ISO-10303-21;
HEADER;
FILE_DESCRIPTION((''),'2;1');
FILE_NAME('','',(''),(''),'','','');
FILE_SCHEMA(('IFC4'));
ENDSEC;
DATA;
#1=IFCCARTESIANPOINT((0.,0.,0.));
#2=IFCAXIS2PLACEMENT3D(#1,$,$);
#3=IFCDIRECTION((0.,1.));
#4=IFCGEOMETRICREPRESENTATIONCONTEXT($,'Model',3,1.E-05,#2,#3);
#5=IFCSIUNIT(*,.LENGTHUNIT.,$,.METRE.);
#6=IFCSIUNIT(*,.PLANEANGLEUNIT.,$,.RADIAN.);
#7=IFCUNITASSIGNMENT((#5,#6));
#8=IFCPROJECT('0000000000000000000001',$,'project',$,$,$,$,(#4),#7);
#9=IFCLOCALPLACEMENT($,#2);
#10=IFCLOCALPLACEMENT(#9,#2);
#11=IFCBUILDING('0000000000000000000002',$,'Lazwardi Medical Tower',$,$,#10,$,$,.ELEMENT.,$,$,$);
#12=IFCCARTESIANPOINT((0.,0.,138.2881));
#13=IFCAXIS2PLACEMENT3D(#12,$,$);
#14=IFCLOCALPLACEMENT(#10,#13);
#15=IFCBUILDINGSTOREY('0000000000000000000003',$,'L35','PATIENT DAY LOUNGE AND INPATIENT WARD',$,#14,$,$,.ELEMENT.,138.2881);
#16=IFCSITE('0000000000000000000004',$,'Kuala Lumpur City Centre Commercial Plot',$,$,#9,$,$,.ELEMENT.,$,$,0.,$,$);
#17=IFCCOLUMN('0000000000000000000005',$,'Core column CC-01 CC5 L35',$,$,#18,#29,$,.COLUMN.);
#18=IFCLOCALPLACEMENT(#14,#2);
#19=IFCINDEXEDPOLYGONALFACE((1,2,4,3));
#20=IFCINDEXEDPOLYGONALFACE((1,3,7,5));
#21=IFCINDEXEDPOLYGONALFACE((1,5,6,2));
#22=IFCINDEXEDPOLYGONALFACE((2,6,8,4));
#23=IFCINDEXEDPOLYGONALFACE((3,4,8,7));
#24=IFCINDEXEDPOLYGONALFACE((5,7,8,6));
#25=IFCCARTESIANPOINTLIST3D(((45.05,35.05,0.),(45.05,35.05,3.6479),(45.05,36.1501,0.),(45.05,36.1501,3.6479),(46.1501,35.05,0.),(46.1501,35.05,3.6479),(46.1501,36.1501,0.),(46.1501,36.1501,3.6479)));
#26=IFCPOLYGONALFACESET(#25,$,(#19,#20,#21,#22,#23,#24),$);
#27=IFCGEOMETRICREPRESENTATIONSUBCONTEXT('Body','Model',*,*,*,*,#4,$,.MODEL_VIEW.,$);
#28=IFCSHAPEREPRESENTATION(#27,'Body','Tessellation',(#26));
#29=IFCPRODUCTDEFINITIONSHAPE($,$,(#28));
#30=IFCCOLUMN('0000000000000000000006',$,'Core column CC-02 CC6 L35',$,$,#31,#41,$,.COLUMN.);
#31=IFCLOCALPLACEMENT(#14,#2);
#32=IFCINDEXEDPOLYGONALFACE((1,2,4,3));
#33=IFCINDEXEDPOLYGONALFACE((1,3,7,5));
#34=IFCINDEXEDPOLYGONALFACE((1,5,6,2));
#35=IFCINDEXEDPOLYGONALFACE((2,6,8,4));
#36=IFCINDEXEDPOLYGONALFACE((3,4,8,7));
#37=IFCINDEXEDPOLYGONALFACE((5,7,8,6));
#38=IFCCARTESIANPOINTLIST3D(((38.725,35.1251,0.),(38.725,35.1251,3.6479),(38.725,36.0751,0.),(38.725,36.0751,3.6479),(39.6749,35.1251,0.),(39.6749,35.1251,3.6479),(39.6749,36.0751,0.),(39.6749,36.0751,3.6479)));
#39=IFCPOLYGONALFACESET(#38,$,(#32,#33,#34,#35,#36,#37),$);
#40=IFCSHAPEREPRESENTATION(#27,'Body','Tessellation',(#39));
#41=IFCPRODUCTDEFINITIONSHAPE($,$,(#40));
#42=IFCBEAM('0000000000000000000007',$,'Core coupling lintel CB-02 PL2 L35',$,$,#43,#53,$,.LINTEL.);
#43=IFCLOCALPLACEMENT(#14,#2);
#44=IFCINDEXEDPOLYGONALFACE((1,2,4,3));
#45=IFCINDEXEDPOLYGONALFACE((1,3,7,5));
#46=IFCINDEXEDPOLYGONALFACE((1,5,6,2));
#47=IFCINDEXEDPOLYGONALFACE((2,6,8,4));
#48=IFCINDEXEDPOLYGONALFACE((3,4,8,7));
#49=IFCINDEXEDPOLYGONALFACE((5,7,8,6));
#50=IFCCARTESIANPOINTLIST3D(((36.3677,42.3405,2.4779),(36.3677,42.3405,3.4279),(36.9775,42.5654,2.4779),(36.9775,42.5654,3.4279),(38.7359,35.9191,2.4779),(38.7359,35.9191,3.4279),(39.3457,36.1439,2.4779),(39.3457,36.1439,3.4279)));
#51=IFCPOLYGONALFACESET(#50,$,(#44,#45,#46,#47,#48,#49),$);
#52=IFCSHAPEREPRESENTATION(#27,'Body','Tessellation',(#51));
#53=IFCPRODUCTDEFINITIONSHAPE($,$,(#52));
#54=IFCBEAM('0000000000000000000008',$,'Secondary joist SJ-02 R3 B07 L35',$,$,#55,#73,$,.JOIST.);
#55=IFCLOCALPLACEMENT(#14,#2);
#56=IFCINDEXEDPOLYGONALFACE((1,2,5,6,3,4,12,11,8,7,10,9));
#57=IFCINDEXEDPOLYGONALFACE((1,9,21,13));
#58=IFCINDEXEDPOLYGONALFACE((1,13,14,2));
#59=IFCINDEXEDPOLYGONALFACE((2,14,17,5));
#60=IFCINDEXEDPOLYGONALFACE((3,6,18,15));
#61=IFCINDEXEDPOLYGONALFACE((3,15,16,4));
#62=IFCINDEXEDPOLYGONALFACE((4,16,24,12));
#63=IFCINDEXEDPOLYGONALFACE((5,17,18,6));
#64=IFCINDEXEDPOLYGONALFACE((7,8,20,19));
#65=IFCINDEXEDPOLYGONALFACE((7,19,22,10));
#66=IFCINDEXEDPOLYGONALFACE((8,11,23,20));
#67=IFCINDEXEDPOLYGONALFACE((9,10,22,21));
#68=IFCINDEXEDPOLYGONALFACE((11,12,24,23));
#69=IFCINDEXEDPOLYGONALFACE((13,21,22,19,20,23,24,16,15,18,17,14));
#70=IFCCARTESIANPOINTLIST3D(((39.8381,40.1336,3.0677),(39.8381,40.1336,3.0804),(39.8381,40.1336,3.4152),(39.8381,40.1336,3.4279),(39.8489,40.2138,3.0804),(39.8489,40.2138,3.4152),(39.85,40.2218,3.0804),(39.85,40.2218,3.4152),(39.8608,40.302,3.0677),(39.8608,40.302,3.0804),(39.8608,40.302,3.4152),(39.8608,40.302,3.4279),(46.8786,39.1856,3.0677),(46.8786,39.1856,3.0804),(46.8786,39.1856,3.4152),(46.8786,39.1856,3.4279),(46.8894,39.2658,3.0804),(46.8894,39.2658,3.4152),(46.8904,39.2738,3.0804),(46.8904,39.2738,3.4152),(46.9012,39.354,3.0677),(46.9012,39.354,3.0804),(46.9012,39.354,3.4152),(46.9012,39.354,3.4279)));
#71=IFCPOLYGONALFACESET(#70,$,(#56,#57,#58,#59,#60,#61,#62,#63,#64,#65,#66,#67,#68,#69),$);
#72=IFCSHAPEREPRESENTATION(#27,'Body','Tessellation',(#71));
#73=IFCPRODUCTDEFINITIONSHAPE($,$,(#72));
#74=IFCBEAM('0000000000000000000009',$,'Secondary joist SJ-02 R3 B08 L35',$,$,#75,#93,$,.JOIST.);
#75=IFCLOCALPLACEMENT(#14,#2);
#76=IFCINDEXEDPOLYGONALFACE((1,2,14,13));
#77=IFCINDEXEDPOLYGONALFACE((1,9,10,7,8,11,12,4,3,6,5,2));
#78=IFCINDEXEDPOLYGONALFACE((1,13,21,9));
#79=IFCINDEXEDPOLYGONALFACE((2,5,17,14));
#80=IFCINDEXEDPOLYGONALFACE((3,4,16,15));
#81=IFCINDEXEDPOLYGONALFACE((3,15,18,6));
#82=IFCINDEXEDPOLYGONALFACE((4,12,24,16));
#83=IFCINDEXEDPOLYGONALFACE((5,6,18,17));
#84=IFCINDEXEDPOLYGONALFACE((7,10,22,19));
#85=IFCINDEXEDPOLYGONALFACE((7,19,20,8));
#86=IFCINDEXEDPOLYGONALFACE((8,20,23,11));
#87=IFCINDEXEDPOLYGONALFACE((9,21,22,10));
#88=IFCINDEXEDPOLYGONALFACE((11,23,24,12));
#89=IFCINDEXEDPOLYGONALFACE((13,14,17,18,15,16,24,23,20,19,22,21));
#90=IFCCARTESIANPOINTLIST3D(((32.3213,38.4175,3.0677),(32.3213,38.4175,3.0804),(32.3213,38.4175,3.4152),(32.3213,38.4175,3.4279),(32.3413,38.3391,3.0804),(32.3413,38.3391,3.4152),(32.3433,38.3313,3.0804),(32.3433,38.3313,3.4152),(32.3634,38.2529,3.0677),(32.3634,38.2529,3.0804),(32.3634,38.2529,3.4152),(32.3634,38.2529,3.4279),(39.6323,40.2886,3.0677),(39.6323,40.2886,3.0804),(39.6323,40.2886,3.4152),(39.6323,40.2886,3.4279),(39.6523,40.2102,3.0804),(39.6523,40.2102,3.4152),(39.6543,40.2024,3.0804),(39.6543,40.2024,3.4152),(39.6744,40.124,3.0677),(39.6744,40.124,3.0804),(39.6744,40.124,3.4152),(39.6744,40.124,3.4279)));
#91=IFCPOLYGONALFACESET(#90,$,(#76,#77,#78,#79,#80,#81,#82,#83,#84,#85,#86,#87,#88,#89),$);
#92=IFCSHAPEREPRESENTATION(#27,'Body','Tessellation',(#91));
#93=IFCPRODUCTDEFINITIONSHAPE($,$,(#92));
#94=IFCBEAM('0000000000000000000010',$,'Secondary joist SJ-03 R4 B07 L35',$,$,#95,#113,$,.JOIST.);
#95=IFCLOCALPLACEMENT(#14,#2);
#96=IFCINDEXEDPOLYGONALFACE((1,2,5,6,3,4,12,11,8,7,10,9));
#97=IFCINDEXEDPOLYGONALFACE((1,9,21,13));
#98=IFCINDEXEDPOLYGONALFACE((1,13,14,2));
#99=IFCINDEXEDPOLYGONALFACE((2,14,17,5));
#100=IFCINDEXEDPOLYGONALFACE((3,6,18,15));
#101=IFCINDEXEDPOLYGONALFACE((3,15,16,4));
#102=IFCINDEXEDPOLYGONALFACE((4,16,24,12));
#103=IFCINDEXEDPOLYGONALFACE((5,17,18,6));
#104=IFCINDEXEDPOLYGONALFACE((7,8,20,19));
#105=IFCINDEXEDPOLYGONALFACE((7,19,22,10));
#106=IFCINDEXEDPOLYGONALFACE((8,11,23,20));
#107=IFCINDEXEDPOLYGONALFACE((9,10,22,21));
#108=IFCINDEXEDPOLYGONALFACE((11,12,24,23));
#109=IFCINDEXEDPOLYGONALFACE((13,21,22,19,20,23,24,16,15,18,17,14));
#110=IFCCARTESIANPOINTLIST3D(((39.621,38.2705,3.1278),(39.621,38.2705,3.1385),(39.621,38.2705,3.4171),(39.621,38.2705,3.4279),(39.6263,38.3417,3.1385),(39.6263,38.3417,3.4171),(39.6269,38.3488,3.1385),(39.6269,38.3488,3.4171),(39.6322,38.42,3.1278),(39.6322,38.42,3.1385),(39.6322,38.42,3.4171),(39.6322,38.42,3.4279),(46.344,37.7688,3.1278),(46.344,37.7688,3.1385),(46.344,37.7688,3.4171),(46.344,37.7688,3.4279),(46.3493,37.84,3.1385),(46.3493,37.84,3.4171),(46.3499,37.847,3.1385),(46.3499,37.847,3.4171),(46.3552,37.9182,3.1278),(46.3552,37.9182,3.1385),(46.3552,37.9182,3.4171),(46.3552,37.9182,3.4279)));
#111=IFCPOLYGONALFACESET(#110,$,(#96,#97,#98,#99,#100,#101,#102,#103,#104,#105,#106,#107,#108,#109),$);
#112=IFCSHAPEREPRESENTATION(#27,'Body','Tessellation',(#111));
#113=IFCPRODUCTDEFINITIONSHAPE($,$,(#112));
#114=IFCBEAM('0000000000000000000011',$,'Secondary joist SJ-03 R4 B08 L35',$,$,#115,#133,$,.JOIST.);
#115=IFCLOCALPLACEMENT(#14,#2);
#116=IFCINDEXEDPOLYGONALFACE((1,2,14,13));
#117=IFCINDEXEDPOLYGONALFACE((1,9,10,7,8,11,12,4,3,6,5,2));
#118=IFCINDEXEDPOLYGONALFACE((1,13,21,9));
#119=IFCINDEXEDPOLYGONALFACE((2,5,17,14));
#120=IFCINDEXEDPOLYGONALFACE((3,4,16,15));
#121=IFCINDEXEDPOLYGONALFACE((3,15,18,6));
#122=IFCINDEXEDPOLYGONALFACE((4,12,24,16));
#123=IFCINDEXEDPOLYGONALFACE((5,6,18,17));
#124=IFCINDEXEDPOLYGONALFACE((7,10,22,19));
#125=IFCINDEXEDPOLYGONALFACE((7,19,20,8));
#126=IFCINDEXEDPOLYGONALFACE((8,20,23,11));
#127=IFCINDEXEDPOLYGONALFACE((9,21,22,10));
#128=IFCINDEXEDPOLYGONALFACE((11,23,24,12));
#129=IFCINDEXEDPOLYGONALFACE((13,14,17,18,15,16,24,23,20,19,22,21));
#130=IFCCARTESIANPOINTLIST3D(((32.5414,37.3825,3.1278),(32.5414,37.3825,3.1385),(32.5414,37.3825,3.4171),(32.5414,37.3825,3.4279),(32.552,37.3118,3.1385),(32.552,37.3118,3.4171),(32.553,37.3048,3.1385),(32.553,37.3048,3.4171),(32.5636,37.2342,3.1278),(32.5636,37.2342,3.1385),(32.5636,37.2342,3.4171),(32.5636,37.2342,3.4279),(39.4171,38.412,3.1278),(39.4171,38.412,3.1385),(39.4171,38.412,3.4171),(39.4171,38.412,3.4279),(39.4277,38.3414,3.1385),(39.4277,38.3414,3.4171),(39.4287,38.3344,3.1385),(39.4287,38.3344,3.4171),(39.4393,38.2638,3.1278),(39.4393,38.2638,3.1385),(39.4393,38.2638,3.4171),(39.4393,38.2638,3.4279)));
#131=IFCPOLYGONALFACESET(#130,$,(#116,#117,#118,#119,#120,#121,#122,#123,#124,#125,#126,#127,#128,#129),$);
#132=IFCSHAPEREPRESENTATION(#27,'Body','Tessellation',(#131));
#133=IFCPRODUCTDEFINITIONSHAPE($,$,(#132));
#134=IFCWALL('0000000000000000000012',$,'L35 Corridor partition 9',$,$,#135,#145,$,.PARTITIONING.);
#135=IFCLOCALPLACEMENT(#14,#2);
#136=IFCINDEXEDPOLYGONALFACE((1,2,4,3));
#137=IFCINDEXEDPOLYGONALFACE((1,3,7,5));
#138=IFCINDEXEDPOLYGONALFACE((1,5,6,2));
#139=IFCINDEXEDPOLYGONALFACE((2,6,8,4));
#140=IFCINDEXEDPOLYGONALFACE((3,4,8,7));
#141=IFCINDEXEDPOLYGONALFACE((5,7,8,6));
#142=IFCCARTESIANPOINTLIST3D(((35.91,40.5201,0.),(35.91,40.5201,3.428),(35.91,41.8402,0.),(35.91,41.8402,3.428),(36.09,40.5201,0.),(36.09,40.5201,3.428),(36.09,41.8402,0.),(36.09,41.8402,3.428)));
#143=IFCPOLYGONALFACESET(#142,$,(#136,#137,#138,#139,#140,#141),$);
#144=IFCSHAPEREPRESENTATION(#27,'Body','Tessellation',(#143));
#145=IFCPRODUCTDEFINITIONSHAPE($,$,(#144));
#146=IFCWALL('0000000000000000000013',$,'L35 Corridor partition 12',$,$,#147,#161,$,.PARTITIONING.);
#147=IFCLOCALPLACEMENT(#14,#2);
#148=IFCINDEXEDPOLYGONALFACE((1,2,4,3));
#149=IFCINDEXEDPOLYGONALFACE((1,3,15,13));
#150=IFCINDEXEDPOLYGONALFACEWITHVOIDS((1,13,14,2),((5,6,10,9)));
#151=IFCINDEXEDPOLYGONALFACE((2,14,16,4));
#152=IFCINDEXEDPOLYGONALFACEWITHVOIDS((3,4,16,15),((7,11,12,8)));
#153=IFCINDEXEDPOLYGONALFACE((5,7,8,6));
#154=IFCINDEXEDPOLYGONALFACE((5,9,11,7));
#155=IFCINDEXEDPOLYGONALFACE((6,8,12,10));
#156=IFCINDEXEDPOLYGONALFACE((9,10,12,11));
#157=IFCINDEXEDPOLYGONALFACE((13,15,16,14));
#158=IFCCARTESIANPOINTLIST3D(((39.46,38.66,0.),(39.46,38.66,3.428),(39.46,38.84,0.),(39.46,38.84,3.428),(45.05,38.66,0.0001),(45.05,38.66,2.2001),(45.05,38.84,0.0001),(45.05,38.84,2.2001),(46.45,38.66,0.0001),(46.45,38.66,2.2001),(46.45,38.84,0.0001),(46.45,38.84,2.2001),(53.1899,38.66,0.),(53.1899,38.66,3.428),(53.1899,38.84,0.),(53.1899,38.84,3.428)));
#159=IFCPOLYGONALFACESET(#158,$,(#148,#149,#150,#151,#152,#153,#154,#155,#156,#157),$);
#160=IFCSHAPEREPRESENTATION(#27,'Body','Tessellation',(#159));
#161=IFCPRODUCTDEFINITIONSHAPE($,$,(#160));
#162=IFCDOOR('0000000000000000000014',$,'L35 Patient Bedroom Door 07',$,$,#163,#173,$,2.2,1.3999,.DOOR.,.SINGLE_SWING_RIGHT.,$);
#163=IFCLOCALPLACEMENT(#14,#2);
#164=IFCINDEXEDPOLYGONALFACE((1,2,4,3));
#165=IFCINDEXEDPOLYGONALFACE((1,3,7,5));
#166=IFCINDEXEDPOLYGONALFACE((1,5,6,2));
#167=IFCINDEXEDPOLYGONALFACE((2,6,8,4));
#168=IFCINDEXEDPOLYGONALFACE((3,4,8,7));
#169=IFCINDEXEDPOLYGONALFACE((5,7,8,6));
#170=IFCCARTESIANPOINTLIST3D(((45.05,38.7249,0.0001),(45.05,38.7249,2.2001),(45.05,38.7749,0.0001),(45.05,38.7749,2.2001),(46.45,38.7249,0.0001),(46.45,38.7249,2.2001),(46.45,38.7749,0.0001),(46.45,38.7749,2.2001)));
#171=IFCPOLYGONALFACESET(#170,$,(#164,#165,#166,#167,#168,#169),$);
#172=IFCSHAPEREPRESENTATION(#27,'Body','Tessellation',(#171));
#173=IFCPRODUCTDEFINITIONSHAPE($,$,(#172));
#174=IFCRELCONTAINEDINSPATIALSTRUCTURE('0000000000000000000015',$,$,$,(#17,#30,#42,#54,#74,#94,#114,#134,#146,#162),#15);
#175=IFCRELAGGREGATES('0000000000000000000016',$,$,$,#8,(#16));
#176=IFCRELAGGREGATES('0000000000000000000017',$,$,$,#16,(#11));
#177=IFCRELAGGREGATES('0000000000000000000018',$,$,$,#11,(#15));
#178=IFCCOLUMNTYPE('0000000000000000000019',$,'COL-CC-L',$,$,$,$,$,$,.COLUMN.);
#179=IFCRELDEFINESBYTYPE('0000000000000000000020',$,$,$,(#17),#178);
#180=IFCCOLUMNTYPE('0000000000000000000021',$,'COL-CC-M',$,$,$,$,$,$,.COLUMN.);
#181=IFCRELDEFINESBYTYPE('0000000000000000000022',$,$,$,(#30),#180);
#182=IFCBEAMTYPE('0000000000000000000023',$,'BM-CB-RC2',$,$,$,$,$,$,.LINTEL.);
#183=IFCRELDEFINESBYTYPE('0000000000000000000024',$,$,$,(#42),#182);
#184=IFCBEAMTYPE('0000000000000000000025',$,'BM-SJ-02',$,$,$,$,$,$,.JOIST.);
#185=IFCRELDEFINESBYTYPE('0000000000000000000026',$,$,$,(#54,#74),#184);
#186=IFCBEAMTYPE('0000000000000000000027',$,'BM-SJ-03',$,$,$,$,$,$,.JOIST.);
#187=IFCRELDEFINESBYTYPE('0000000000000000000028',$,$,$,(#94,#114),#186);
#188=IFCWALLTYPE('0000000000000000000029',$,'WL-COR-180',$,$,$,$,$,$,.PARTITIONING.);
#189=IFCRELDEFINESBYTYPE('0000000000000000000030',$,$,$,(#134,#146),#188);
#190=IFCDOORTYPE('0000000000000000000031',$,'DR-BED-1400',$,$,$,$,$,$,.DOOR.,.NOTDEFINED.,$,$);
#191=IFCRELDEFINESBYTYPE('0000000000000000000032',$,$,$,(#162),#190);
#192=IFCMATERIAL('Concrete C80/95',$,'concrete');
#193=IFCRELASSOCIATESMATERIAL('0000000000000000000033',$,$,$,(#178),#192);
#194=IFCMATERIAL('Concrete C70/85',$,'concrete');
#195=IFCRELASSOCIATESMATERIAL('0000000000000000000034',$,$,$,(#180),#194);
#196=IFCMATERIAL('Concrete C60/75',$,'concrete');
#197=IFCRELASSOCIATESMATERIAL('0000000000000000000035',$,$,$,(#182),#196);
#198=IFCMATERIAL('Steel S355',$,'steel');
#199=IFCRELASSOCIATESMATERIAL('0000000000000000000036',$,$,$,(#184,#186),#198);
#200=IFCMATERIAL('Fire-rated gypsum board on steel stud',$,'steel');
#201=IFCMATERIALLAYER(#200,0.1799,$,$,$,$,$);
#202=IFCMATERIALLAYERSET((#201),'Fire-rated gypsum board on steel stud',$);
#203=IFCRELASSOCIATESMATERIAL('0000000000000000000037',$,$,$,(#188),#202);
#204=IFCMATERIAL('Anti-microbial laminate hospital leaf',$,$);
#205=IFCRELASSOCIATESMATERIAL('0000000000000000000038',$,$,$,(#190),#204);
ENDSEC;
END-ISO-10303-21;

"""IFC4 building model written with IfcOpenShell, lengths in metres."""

from ifc_helpers import new_model, si_unit, direction, frame, frame_2d, origin, origin_2d, place, context, subcontext, project, spatial, rectangle, i_section, extrude, material, layer, layer_set, material_profile, profile_set, type_object, element, fill, save


model = new_model("IFC4")

# Units and contexts
model_context = context("Model", 3, precision=1e-05, world=origin(), true_north=direction((0.0, 1.0)))
body_context = subcontext(model_context, "Body", "Model", "MODEL_VIEW")
ifc_project = project(units=[si_unit("LENGTHUNIT", "METRE"), si_unit("PLANEANGLEUNIT", "RADIAN")], contexts=[model_context])

# Site, building, storey
site_placement = place(None, origin())
site = spatial("IfcSite", under=ifc_project, at=site_placement, Name="Kuala Lumpur City Centre Commercial Plot", CompositionType="ELEMENT", RefElevation=0.0)
building_placement = place(site_placement, origin())
building = spatial("IfcBuilding", under=site, at=building_placement, Name="Lazwardi Medical Tower", CompositionType="ELEMENT")
storey_placement = place(building_placement, frame((0.0, 0.0, 138.2881)))
storey = spatial("IfcBuildingStorey", under=building, at=storey_placement, Name="L35", Description="PATIENT DAY LOUNGE AND INPATIENT WARD", CompositionType="ELEMENT", Elevation=138.2881)

# Columns
ifc_material_1 = material(Name="Concrete C80/95", Category="concrete")
ifc_material_profile_1 = material_profile(ifc_material_1, rectangle(XDim=1.1001, YDim=1.1001, at=origin_2d()), Name="RC 1100x1100")
ifc_profile_set_1 = profile_set([ifc_material_profile_1], Name="Concrete C80/95")
column_type_1 = type_object("IfcColumnType", Name="COL-CC-L", PredefinedType="COLUMN", material=ifc_profile_set_1)
column_1_placement = place(storey_placement, frame((45.6001, 35.6001, 0.0), z_axis=(0.0, 0.0, 1.0), x_axis=(1.0, 0.0, 0.0)))
element("IfcColumn", 1, at=column_1_placement, inside=storey, type_object=column_type_1, Name="Core column CC-01 CC5 L35", PredefinedType="COLUMN", context=body_context, shape_type="SweptSolid", body=[
    extrude(rectangle(XDim=1.1001, YDim=1.1001, at=origin_2d()), origin(), (0.0, 0.0, 1.0), 3.6479),
])
ifc_material_2 = material(Name="Concrete C70/85", Category="concrete")
ifc_material_profile_2 = material_profile(ifc_material_2, rectangle(XDim=0.95, YDim=0.95, at=origin_2d()), Name="RC 950x950")
ifc_profile_set_2 = profile_set([ifc_material_profile_2], Name="Concrete C70/85")
column_type_2 = type_object("IfcColumnType", Name="COL-CC-M", PredefinedType="COLUMN", material=ifc_profile_set_2)
column_2_placement = place(storey_placement, frame((39.2, 35.6001, 0.0), z_axis=(0.0, 0.0, 1.0), x_axis=(1.0, 0.0, 0.0)))
element("IfcColumn", 2, at=column_2_placement, inside=storey, type_object=column_type_2, Name="Core column CC-02 CC6 L35", PredefinedType="COLUMN", context=body_context, shape_type="SweptSolid", body=[
    extrude(rectangle(XDim=0.95, YDim=0.95, at=origin_2d()), origin(), (0.0, 0.0, 1.0), 3.6479),
])

# Beams
ifc_material_3 = material(Name="Concrete C60/75", Category="concrete")
ifc_material_profile_3 = material_profile(ifc_material_3, rectangle(XDim=0.6499, YDim=0.95, at=origin_2d()), Name="RC 650x950")
ifc_profile_set_3 = profile_set([ifc_material_profile_3], Name="Concrete C60/75")
beam_type_1 = type_object("IfcBeamType", Name="BM-CB-RC2", PredefinedType="LINTEL", material=ifc_profile_set_3)
beam_1_placement = place(storey_placement, frame((39.0408, 36.0315, 2.9529), z_axis=(-0.346013, 0.93823, 0.0), x_axis=(-0.93823, -0.346013, 0.0)))
element("IfcBeam", 3, at=beam_1_placement, inside=storey, type_object=beam_type_1, Name="Core coupling lintel CB-02 PL2 L35", PredefinedType="LINTEL", context=body_context, shape_type="SweptSolid", body=[
    extrude(rectangle(XDim=0.6499, YDim=0.95, at=origin_2d()), origin(), (0.0, 0.0, 1.0), 6.8442),
])
ifc_material_4 = material(Name="Steel S355", Category="steel")
ifc_material_profile_4 = material_profile(ifc_material_4, i_section(OverallWidth=0.1699, OverallDepth=0.3601, WebThickness=0.0081, FlangeThickness=0.0127, at=origin_2d()), Name="IPE 360")
ifc_profile_set_4 = profile_set([ifc_material_profile_4], Name="Steel S355")
beam_type_2 = type_object("IfcBeamType", Name="BM-SJ-02", PredefinedType="JOIST", material=ifc_profile_set_4)
beam_2_placement = place(storey_placement, frame((46.8899, 39.2698, 3.2478), z_axis=(-0.991056, 0.133444, 0.0), x_axis=(-0.133444, -0.991056, 0.0)))
element("IfcBeam", 4, at=beam_2_placement, inside=storey, type_object=beam_type_2, Name="Secondary joist SJ-02 R3 B07 L35", PredefinedType="JOIST", context=body_context, shape_type="SweptSolid", body=[
    extrude(i_section(OverallWidth=0.1699, OverallDepth=0.3601, WebThickness=0.0081, FlangeThickness=0.0127, at=origin_2d()), origin(), (0.0, 0.0, 1.0), 7.104),
])
beam_3_placement = place(storey_placement, frame((39.6533, 40.2063, 3.2478), z_axis=(-0.968776, -0.247936, 0.0), x_axis=(0.247936, -0.968776, 0.0)))
element("IfcBeam", 5, at=beam_3_placement, inside=storey, type_object=beam_type_2, Name="Secondary joist SJ-02 R3 B08 L35", PredefinedType="JOIST", context=body_context, shape_type="SweptSolid", body=[
    extrude(i_section(OverallWidth=0.1699, OverallDepth=0.3601, WebThickness=0.0081, FlangeThickness=0.0127, at=origin_2d()), origin(), (0.0, 0.0, 1.0), 7.5466),
])
ifc_material_profile_5 = material_profile(ifc_material_4, i_section(OverallWidth=0.1499, OverallDepth=0.3, WebThickness=0.0071, FlangeThickness=0.0107, at=origin_2d()), Name="IPE 300")
ifc_profile_set_5 = profile_set([ifc_material_profile_5], Name="Steel S355")
beam_type_3 = type_object("IfcBeamType", Name="BM-SJ-03", PredefinedType="JOIST", material=ifc_profile_set_5)
beam_4_placement = place(storey_placement, frame((46.3496, 37.8435, 3.2778), z_axis=(-0.997227, 0.07442, 0.0), x_axis=(-0.07442, -0.997227, 0.0)))
element("IfcBeam", 6, at=beam_4_placement, inside=storey, type_object=beam_type_3, Name="Secondary joist SJ-03 R4 B07 L35", PredefinedType="JOIST", context=body_context, shape_type="SweptSolid", body=[
    extrude(i_section(OverallWidth=0.1499, OverallDepth=0.3, WebThickness=0.0071, FlangeThickness=0.0107, at=origin_2d()), origin(), (0.0, 0.0, 1.0), 6.7417),
])
beam_5_placement = place(storey_placement, frame((39.4282, 38.3379, 3.2778), z_axis=(-0.988975, -0.148085, 0.0), x_axis=(0.148085, -0.988975, 0.0)))
element("IfcBeam", 7, at=beam_5_placement, inside=storey, type_object=beam_type_3, Name="Secondary joist SJ-03 R4 B08 L35", PredefinedType="JOIST", context=body_context, shape_type="SweptSolid", body=[
    extrude(i_section(OverallWidth=0.1499, OverallDepth=0.3, WebThickness=0.0071, FlangeThickness=0.0107, at=origin_2d()), origin(), (0.0, 0.0, 1.0), 6.9524),
])

# Wall
ifc_material_5 = material(Name="Fire-rated gypsum board on steel stud", Category="steel")
ifc_layer_1 = layer(ifc_material_5, 0.1799)
ifc_layer_set_1 = layer_set([ifc_layer_1], Name="Fire-rated gypsum board on steel stud")
wall_type_1 = type_object("IfcWallType", Name="WL-COR-180", PredefinedType="PARTITIONING", material=ifc_layer_set_1)
wall_1_placement = place(storey_placement, frame((36.0, 40.52, 0.0), z_axis=(0.0, 0.0, 1.0), x_axis=(0.0, 1.0, 0.0)))
element("IfcWall", 8, at=wall_1_placement, inside=storey, type_object=wall_type_1, Name="L35 Corridor partition 9", PredefinedType="PARTITIONING", context=body_context, shape_type="SweptSolid", body=[
    extrude(rectangle(XDim=1.3201, YDim=0.1799, at=frame_2d((0.6602, 0.0))), origin(), (0.0, 0.0, 1.0), 3.428),
])

# Wall, opening, door
wall_2_placement = place(storey_placement, frame((39.46, 38.75, 0.0), z_axis=(0.0, 0.0, 1.0), x_axis=(1.0, 0.0, 0.0)))
wall_2 = element("IfcWall", 9, at=wall_2_placement, inside=storey, type_object=wall_type_1, Name="L35 Corridor partition 12", PredefinedType="PARTITIONING", context=body_context, shape_type="SweptSolid", body=[
    extrude(rectangle(XDim=13.73, YDim=0.1799, at=frame_2d((6.865, 0.0))), origin(), (0.0, 0.0, 1.0), 3.428),
])
opening_1_placement = place(wall_2_placement, frame((5.5901, 0.0, 0.0)))
opening_1 = element("IfcOpeningElement", 10, at=opening_1_placement, cuts=wall_2, PredefinedType="OPENING", context=body_context, shape_type="SweptSolid", body=[
    extrude(rectangle(XDim=1.3999, YDim=2.2, at=frame_2d((0.7, 1.1001))), frame((0.0, 0.0999, 0.0), z_axis=(0.0, -1.0, 0.0), x_axis=(1.0, 0.0, 0.0)), (0.0, 0.0, 1.0), 0.2),
])
ifc_material_6 = material(Name="Anti-microbial laminate hospital leaf")
door_type_1 = type_object("IfcDoorType", Name="DR-BED-1400", OperationType="NOTDEFINED", PredefinedType="DOOR", material=ifc_material_6)
door_1_placement = place(opening_1_placement, origin())
door_1 = element("IfcDoor", 11, at=door_1_placement, inside=storey, type_object=door_type_1, Name="L35 Patient Bedroom Door 07", OperationType="SINGLE_SWING_RIGHT", OverallHeight=2.2, OverallWidth=1.3999, PredefinedType="DOOR", context=body_context, shape_type="SweptSolid", body=[
    extrude(rectangle(XDim=1.3999, YDim=2.2, at=frame_2d((0.7, 1.1001))), frame((0.0, 0.0249, 0.0), z_axis=(0.0, -1.0, 0.0), x_axis=(1.0, 0.0, 0.0)), (0.0, 0.0, 1.0), 0.05),
])
fill(opening_1, door_1)

save(model, "model.ifc")
